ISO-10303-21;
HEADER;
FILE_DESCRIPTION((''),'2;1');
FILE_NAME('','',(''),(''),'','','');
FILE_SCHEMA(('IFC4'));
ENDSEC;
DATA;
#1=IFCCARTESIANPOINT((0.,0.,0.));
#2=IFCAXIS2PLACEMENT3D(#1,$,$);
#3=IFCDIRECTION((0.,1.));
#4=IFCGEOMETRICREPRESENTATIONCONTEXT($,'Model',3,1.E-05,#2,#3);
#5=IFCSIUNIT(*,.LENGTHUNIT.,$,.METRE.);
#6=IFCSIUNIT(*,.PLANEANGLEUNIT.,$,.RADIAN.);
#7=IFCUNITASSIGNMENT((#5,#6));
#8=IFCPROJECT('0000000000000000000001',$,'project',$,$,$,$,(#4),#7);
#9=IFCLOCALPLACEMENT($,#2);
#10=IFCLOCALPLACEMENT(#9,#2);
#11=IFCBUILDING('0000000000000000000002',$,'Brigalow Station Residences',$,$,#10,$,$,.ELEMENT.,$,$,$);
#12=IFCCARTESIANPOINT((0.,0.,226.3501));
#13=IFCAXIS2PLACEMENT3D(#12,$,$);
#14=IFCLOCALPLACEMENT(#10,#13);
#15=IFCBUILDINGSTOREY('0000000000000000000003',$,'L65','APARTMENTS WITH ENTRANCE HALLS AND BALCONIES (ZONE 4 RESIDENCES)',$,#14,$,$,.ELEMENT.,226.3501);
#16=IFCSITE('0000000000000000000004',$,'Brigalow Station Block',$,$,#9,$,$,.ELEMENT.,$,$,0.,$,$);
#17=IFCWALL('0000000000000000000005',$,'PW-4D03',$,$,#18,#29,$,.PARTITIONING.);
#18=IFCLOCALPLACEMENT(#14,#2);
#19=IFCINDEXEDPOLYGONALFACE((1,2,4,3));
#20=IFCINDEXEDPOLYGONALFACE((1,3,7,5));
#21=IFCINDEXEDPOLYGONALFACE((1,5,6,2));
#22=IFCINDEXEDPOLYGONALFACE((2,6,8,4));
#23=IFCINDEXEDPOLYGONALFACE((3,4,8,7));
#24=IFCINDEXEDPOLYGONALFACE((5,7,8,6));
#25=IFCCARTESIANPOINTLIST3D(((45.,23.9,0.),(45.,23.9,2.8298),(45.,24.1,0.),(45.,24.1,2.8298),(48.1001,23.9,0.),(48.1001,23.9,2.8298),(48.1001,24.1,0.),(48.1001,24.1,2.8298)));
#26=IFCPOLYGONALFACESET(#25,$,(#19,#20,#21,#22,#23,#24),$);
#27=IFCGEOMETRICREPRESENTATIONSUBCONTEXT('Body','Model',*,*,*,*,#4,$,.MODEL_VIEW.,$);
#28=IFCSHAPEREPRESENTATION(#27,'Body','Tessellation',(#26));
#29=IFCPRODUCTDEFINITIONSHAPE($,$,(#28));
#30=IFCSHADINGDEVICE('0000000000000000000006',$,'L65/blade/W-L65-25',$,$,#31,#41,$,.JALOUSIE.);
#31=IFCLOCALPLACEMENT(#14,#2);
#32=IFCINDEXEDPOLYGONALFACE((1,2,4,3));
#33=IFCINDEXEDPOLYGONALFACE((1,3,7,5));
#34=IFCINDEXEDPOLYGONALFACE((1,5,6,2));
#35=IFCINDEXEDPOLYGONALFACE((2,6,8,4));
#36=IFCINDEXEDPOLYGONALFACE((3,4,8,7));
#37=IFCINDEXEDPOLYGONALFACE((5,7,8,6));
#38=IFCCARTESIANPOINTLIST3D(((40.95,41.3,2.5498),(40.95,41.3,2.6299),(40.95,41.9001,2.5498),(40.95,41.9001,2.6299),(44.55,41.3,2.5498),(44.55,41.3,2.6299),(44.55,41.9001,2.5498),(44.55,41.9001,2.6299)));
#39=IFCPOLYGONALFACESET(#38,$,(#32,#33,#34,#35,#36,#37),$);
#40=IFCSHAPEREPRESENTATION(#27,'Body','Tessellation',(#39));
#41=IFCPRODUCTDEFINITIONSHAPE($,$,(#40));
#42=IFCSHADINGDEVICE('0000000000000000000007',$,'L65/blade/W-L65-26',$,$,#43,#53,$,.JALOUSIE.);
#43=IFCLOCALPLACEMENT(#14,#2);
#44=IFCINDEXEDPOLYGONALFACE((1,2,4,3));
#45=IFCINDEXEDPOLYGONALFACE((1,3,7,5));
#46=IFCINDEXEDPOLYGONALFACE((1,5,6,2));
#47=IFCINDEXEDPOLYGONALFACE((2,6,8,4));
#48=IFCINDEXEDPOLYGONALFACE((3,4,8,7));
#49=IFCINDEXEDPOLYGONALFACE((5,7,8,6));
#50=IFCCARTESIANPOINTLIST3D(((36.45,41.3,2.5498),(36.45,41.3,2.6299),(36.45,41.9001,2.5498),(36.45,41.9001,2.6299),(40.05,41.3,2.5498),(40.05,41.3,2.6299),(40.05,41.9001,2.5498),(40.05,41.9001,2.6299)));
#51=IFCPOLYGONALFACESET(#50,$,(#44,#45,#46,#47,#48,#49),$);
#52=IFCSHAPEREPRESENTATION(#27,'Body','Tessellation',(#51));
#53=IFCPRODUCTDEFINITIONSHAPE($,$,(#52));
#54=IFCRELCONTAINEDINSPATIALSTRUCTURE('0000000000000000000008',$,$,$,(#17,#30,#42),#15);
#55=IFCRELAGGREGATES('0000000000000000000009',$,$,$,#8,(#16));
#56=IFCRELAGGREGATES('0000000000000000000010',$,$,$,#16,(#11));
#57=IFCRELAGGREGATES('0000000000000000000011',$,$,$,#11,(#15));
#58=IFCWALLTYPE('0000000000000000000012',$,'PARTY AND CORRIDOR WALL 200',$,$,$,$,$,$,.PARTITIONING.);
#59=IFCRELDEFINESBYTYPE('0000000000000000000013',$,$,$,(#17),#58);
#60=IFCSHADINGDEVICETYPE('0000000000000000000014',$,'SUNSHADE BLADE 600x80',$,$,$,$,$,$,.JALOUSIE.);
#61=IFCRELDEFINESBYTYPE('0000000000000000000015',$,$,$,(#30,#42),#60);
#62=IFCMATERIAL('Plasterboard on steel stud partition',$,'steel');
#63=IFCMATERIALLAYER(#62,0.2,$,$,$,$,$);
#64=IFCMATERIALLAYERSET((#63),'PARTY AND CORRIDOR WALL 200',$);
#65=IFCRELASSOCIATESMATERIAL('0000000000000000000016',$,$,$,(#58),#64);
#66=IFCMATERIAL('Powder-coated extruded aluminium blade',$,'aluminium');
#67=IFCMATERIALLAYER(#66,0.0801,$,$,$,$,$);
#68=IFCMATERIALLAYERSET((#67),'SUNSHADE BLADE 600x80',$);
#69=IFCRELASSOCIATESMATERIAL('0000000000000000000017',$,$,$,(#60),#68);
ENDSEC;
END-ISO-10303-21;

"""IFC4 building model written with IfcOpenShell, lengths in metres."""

from ifc_helpers import new_model, si_unit, direction, frame, frame_2d, origin, origin_2d, place, context, subcontext, project, spatial, rectangle, extrude, material, layer, layer_set, type_object, element, save


model = new_model("IFC4")

# Units and contexts
model_context = context("Model", 3, precision=1e-05, world=origin(), true_north=direction((0.0, 1.0)))
body_context = subcontext(model_context, "Body", "Model", "MODEL_VIEW")
ifc_project = project(units=[si_unit("LENGTHUNIT", "METRE"), si_unit("PLANEANGLEUNIT", "RADIAN")], contexts=[model_context])

# Site, building, storey
site_placement = place(None, origin())
site = spatial("IfcSite", under=ifc_project, at=site_placement, Name="Brigalow Station Block", CompositionType="ELEMENT", RefElevation=0.0)
building_placement = place(site_placement, origin())
building = spatial("IfcBuilding", under=site, at=building_placement, Name="Brigalow Station Residences", CompositionType="ELEMENT")
storey_placement = place(building_placement, frame((0.0, 0.0, 226.3501)))
storey = spatial("IfcBuildingStorey", under=building, at=storey_placement, Name="L65", Description="APARTMENTS WITH ENTRANCE HALLS AND BALCONIES (ZONE 4 RESIDENCES)", CompositionType="ELEMENT", Elevation=226.3501)

# Wall
ifc_material_1 = material(Name="Plasterboard on steel stud partition", Category="steel")
ifc_layer_1 = layer(ifc_material_1, 0.2)
ifc_layer_set_1 = layer_set([ifc_layer_1], Name="PARTY AND CORRIDOR WALL 200")
wall_type_1 = type_object("IfcWallType", Name="PARTY AND CORRIDOR WALL 200", PredefinedType="PARTITIONING", material=ifc_layer_set_1)
wall_1_placement = place(storey_placement, frame((45.0, 24.0, 0.0), z_axis=(0.0, 0.0, 1.0), x_axis=(1.0, 0.0, 0.0)))
element("IfcWall", 1, at=wall_1_placement, inside=storey, type_object=wall_type_1, Name="PW-4D03", PredefinedType="PARTITIONING", context=body_context, shape_type="SweptSolid", body=[
    extrude(rectangle(XDim=3.1001, YDim=0.2, at=frame_2d((1.55, 0.0))), origin(), (0.0, 0.0, 1.0), 2.8298),
])

# Shading devices
ifc_material_2 = material(Name="Powder-coated extruded aluminium blade", Category="aluminium")
ifc_layer_2 = layer(ifc_material_2, 0.0801)
ifc_layer_set_2 = layer_set([ifc_layer_2], Name="SUNSHADE BLADE 600x80")
shading_device_type = type_object("IfcShadingDeviceType", Name="SUNSHADE BLADE 600x80", PredefinedType="JALOUSIE", material=ifc_layer_set_2)
for number, where, z_axis, x_axis, name in (
    (2, (42.75, 41.6001, 2.5498), (0.0, 0.0, 1.0), (-1.0, 0.0, 0.0), "L65/blade/W-L65-25"),
    (3, (38.25, 41.6001, 2.5498), (0.0, 0.0, 1.0), (-1.0, 0.0, 0.0), "L65/blade/W-L65-26"),
):
    element("IfcShadingDevice", number, at=place(storey_placement, frame(where, z_axis=z_axis, x_axis=x_axis)), inside=storey, type_object=shading_device_type, Name=name, PredefinedType="JALOUSIE", context=body_context, shape_type="SweptSolid", body=[
        extrude(rectangle(XDim=3.6001, YDim=0.6001, at=origin_2d()), origin(), (0.0, 0.0, 1.0), 0.0801),
    ])

save(model, "model.ifc")
